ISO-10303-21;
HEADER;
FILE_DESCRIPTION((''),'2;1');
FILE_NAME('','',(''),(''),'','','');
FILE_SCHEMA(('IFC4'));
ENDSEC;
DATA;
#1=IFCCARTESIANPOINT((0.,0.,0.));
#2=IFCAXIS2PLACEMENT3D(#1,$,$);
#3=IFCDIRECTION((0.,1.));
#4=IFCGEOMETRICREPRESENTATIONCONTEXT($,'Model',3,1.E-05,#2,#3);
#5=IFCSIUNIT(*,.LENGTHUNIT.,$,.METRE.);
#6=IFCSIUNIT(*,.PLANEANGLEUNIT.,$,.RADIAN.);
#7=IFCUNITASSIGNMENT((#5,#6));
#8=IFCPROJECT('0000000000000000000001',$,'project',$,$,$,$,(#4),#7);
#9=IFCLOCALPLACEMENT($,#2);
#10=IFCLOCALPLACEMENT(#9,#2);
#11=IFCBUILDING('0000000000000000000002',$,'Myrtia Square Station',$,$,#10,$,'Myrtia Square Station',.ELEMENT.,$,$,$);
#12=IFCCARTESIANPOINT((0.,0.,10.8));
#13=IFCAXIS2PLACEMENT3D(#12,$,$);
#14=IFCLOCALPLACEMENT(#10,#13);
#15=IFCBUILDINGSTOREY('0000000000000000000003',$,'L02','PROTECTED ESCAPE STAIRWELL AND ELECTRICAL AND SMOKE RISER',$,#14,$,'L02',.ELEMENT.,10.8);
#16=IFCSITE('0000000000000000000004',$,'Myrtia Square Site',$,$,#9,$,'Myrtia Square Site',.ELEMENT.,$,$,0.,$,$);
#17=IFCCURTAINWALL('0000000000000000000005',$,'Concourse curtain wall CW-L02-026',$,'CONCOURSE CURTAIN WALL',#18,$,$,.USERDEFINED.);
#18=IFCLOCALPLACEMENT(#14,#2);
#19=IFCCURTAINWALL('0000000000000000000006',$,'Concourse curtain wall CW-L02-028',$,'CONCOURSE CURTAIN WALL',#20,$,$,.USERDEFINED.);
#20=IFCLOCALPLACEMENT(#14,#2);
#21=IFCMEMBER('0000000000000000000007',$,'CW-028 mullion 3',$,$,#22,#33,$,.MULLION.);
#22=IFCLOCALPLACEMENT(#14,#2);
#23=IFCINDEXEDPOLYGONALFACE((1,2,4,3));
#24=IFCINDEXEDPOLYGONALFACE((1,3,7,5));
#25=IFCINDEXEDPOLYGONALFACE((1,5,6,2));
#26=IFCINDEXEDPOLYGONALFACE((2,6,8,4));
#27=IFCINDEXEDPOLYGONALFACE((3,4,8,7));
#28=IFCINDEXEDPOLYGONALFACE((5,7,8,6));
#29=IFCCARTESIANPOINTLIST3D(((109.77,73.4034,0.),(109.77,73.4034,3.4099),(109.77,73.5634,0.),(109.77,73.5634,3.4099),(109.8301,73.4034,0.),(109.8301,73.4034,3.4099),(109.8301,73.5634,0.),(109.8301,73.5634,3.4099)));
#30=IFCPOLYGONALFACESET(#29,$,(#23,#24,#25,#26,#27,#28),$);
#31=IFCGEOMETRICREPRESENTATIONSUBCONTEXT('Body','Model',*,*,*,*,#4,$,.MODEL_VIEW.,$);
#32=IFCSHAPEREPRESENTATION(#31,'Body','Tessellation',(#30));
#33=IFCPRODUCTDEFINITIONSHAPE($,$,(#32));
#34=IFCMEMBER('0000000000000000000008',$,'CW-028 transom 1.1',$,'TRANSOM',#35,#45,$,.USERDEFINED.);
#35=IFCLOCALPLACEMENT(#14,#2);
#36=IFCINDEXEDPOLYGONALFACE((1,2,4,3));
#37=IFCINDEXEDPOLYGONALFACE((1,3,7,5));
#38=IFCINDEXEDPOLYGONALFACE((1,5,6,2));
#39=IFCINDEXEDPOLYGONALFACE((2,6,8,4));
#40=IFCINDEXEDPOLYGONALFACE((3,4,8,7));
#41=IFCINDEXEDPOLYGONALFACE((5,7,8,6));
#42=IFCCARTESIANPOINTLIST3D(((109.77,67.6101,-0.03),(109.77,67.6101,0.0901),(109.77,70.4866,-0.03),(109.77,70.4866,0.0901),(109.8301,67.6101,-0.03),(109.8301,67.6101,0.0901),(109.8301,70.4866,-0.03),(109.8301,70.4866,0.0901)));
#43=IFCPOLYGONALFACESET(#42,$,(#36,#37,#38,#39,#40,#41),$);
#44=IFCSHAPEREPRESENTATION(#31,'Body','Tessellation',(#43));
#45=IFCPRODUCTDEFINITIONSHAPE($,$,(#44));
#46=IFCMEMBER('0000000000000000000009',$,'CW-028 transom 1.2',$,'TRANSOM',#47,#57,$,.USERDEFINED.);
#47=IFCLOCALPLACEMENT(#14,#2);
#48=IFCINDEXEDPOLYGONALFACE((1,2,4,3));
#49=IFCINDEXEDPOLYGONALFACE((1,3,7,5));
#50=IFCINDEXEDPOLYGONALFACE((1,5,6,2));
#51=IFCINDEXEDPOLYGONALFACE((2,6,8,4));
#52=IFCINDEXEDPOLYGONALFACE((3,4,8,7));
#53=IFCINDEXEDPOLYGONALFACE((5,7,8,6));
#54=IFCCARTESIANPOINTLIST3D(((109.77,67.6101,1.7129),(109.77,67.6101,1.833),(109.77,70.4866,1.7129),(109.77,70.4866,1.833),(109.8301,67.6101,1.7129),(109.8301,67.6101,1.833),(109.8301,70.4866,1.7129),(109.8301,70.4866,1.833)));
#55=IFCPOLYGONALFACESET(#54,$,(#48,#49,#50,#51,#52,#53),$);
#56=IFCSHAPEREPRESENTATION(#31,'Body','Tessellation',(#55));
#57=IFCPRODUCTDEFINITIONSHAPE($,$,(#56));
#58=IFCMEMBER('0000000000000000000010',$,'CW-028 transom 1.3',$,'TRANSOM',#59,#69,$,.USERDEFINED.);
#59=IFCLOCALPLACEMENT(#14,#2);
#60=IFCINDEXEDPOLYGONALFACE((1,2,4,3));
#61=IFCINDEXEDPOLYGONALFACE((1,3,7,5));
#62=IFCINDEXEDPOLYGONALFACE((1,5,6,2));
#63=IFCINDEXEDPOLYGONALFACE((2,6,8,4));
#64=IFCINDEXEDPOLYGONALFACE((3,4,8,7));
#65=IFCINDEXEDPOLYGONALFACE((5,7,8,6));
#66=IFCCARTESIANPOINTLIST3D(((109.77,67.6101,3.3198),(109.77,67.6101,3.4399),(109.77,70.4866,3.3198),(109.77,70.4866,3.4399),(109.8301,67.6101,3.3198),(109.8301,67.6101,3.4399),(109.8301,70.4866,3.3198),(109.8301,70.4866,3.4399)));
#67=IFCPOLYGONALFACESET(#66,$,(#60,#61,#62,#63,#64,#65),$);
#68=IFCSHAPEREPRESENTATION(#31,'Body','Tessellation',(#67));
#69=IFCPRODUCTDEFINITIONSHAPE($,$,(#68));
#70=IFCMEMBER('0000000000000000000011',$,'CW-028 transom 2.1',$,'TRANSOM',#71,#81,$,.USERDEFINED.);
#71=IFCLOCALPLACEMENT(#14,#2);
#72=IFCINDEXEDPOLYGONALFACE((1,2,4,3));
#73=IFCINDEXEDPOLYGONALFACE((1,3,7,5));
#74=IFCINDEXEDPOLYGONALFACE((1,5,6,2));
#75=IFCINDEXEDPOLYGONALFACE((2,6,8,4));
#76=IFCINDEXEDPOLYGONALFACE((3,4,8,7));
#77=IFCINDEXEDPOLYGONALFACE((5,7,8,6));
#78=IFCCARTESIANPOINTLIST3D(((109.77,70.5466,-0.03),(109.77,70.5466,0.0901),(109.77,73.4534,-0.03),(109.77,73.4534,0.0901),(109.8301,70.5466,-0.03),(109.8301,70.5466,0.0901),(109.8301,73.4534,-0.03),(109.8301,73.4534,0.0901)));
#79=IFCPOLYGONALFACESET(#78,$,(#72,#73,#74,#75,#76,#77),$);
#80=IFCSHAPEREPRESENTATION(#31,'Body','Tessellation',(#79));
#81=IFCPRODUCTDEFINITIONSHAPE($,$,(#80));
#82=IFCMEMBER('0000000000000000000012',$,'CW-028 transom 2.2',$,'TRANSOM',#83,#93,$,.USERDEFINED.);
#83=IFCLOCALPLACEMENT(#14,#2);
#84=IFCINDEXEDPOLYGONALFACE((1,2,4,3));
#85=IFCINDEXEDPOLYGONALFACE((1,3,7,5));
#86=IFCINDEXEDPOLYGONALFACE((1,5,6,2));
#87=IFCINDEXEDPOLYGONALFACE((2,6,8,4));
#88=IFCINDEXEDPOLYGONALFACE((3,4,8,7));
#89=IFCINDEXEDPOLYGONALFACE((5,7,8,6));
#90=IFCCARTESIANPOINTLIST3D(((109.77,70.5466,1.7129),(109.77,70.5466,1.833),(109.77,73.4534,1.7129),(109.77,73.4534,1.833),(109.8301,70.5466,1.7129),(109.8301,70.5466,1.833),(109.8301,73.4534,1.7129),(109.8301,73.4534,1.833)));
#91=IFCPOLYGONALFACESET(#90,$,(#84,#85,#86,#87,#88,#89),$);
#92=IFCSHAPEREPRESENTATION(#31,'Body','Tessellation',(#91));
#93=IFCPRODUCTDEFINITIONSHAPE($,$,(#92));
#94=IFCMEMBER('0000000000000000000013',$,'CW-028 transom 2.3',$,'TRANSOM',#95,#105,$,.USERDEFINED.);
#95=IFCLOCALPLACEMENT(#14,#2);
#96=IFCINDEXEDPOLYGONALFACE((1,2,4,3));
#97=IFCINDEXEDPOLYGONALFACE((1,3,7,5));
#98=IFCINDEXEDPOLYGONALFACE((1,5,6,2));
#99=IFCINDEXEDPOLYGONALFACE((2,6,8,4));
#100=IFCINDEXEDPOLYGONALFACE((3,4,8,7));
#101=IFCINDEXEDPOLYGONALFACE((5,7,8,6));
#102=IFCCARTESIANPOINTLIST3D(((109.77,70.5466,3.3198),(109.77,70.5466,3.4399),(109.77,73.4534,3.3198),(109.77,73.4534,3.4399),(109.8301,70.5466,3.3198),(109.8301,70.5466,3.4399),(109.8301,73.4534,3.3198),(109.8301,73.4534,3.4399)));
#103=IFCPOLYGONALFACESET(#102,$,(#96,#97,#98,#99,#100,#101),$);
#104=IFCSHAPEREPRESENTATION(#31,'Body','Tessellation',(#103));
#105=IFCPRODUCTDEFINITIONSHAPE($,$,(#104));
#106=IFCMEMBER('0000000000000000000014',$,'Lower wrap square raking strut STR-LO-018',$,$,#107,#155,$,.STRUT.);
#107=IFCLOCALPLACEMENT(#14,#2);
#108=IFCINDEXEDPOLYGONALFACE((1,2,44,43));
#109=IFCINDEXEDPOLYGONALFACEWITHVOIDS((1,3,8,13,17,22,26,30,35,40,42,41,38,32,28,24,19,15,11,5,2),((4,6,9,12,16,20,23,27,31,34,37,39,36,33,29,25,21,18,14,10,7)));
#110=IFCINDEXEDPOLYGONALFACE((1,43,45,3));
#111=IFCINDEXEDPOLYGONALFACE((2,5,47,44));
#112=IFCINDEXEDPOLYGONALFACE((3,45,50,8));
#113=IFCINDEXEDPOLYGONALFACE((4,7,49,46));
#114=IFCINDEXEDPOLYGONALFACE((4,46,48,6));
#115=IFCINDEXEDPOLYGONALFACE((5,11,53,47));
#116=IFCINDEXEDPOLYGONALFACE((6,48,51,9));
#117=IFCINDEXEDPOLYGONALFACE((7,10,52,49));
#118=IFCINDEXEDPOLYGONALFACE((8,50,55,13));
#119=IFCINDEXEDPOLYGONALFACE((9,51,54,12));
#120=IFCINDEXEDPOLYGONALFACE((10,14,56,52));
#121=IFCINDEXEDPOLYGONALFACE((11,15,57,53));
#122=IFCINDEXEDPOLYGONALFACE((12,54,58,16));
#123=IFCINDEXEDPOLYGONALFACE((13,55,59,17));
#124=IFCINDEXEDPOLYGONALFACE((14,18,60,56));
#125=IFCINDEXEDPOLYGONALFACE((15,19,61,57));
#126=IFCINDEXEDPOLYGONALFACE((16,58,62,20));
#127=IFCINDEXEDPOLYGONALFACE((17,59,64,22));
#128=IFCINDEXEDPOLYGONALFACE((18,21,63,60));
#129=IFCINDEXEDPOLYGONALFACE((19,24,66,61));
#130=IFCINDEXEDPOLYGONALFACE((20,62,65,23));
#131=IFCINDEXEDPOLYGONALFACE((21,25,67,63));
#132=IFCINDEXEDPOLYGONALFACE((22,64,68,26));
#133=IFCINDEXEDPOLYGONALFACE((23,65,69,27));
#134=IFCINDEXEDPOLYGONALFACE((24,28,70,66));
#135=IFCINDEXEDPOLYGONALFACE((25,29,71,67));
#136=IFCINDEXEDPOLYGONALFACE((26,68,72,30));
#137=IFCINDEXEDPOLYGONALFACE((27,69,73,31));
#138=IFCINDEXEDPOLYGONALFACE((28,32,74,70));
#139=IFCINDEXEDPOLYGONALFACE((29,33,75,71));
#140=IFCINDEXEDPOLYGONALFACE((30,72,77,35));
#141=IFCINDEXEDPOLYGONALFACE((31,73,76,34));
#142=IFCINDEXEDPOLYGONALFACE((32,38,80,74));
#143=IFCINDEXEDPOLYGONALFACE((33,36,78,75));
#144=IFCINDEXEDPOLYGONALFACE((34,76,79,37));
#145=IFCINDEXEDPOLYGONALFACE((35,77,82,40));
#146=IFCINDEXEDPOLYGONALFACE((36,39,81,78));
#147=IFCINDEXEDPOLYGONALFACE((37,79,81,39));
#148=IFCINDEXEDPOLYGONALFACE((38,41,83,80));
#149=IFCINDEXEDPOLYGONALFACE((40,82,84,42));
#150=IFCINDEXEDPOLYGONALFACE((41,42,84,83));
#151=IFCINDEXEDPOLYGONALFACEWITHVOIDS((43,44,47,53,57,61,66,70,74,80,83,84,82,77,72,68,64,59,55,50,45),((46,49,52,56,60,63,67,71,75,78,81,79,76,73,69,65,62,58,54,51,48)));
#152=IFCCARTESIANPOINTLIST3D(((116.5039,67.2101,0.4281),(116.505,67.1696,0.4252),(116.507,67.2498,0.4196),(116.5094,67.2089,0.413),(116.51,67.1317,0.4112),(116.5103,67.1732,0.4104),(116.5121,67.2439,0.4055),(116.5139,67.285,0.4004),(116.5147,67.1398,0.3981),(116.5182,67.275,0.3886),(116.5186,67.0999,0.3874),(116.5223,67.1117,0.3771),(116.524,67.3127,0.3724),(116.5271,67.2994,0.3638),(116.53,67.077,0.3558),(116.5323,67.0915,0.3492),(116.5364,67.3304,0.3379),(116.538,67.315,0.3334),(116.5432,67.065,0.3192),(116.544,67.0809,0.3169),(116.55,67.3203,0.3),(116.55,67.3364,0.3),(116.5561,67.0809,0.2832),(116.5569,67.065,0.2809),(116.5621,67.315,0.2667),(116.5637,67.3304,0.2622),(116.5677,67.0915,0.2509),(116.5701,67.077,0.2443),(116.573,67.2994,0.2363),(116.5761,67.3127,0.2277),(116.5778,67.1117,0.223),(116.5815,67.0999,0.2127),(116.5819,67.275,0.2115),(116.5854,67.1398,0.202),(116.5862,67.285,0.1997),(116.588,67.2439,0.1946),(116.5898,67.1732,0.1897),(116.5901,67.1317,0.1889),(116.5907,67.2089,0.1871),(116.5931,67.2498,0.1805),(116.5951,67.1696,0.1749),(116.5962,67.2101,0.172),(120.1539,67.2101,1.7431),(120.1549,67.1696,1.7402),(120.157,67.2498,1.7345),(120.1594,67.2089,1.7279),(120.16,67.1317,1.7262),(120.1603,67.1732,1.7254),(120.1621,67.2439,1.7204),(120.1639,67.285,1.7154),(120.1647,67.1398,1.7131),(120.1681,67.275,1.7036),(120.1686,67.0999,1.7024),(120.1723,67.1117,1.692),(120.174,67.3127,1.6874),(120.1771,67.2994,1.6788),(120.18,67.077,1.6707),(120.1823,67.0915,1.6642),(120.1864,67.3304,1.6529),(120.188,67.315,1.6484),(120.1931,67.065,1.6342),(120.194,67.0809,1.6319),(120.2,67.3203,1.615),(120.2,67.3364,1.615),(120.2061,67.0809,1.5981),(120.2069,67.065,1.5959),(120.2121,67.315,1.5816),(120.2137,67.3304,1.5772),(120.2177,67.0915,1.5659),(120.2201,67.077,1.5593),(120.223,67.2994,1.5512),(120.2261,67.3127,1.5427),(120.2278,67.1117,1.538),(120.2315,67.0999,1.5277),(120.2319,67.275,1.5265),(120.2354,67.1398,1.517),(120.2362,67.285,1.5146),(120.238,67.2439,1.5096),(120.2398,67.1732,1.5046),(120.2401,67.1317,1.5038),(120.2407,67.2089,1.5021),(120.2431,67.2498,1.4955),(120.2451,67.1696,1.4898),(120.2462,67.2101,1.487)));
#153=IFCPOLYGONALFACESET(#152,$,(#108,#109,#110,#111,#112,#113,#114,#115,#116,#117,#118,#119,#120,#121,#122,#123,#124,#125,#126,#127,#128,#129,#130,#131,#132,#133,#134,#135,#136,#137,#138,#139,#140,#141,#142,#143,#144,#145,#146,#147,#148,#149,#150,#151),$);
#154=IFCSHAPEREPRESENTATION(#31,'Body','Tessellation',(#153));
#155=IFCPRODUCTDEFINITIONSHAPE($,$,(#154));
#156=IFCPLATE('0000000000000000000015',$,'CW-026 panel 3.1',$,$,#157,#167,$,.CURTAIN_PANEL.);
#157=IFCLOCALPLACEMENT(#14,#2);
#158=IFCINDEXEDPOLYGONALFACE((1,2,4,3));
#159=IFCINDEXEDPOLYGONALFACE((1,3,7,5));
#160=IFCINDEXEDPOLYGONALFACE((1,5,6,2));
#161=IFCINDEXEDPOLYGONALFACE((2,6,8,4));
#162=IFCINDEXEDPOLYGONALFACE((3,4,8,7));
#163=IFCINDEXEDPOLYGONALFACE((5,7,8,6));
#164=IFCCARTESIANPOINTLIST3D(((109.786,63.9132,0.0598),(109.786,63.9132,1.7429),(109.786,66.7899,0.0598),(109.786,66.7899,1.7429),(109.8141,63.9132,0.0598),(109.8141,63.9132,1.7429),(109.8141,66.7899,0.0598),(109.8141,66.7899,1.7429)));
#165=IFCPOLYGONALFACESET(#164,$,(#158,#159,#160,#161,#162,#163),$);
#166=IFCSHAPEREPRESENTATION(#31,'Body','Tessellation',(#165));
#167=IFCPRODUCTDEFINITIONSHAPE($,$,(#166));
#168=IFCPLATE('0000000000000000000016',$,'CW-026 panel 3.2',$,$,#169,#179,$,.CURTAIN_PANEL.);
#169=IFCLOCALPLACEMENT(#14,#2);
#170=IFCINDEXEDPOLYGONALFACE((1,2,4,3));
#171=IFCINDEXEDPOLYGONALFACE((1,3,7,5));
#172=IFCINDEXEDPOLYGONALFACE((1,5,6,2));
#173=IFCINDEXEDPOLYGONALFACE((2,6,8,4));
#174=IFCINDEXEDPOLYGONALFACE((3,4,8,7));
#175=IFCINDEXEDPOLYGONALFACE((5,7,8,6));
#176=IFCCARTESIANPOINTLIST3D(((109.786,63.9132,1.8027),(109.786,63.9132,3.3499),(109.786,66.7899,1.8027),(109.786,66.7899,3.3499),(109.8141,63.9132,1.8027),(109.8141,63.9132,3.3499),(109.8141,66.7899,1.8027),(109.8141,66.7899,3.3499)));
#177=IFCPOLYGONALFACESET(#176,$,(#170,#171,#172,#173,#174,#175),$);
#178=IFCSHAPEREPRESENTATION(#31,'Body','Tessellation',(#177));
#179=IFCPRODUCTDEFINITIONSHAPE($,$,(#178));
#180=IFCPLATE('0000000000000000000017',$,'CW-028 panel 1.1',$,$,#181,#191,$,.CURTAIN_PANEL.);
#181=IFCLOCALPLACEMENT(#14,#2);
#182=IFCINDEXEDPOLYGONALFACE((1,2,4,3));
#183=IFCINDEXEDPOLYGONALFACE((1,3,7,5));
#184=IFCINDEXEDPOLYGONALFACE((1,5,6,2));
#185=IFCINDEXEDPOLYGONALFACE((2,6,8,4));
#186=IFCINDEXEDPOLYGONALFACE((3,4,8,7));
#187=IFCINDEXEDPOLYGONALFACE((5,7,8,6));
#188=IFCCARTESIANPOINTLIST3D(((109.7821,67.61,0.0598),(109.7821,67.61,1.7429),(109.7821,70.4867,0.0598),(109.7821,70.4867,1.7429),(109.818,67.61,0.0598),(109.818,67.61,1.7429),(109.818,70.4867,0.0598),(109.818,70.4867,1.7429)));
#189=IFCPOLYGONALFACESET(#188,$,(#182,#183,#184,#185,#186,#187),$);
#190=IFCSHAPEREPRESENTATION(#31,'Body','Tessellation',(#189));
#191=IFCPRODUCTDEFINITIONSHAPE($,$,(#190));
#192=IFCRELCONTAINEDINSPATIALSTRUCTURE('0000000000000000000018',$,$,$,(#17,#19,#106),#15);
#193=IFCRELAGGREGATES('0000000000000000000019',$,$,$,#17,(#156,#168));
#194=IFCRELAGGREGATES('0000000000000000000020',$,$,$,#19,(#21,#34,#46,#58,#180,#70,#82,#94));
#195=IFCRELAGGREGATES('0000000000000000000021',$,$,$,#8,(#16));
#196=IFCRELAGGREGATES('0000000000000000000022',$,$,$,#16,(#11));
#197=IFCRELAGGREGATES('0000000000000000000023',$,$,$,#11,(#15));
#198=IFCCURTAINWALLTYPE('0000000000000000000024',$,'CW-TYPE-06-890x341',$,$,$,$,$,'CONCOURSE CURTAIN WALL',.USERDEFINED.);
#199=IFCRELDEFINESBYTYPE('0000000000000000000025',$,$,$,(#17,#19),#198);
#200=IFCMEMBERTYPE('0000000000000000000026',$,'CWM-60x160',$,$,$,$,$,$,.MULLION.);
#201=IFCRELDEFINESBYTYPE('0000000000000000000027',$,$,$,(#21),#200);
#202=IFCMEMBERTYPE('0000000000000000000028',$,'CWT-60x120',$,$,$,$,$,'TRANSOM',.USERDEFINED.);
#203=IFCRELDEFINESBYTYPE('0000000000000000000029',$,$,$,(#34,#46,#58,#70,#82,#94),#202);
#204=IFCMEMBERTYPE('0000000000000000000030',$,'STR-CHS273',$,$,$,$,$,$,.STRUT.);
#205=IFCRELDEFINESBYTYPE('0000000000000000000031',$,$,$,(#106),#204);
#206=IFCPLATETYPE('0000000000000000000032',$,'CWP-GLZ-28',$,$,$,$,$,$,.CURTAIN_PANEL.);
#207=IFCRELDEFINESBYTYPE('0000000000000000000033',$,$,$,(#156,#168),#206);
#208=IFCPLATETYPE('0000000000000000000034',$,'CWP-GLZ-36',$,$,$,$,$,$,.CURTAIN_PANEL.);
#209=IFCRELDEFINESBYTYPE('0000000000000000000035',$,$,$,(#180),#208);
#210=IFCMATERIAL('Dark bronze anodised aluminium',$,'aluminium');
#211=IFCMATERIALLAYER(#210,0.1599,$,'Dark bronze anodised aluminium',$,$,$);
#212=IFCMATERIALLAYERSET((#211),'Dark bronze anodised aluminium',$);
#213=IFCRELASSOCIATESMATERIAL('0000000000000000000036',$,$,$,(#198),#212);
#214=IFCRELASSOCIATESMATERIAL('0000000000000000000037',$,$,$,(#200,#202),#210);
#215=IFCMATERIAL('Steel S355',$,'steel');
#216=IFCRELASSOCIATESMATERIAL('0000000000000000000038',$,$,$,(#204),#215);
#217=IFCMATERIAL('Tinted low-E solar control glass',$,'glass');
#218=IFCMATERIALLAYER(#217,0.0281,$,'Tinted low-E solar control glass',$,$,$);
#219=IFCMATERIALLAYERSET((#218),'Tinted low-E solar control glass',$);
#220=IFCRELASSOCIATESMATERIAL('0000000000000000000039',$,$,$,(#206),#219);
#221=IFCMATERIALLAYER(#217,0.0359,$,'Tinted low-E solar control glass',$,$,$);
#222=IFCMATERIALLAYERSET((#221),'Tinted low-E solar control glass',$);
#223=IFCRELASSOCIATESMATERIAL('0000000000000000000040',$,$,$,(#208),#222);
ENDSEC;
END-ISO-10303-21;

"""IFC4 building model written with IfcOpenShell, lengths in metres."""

from ifc_helpers import new_model, si_unit, direction, frame, origin, origin_2d, place, context, subcontext, project, spatial, rectangle, hollow_circle, extrude, material, layer, layer_set, material_profile, profile_set, type_object, element, aggregate, save


model = new_model("IFC4")

# Units and contexts
model_context = context("Model", 3, precision=1e-05, world=origin(), true_north=direction((0.0, 1.0)))
body_context = subcontext(model_context, "Body", "Model", "MODEL_VIEW")
ifc_project = project(units=[si_unit("LENGTHUNIT", "METRE"), si_unit("PLANEANGLEUNIT", "RADIAN")], contexts=[model_context])

# Site, building, storey
site_placement = place(None, origin())
site = spatial("IfcSite", under=ifc_project, at=site_placement, Name="Myrtia Square Site", LongName="Myrtia Square Site", CompositionType="ELEMENT", RefElevation=0.0)
building_placement = place(site_placement, origin())
building = spatial("IfcBuilding", under=site, at=building_placement, Name="Myrtia Square Station", LongName="Myrtia Square Station", CompositionType="ELEMENT")
storey_placement = place(building_placement, frame((0.0, 0.0, 10.8)))
storey = spatial("IfcBuildingStorey", under=building, at=storey_placement, Name="L02", Description="PROTECTED ESCAPE STAIRWELL AND ELECTRICAL AND SMOKE RISER", LongName="L02", CompositionType="ELEMENT", Elevation=10.8)

# Shared definitions
ifc_material_1 = material(Name="Steel S355", Category="steel")

# Curtain wall
ifc_material_2 = material(Name="Dark bronze anodised aluminium", Category="aluminium")
ifc_layer_1 = layer(ifc_material_2, 0.1599, Name="Dark bronze anodised aluminium")
ifc_layer_set_1 = layer_set([ifc_layer_1], Name="Dark bronze anodised aluminium")
curtain_wall_type = type_object("IfcCurtainWallType", Name="CW-TYPE-06-890x341", ElementType="CONCOURSE CURTAIN WALL", PredefinedType="USERDEFINED", material=ifc_layer_set_1)
curtain_wall_1_placement = place(storey_placement, origin())
curtain_wall_1 = element("IfcCurtainWall", 1, at=curtain_wall_1_placement, inside=storey, type_object=curtain_wall_type, Name="Concourse curtain wall CW-L02-026", ObjectType="CONCOURSE CURTAIN WALL", PredefinedType="USERDEFINED")
ifc_material_profile_1 = material_profile(ifc_material_2, rectangle(XDim=0.0601, YDim=0.1599, at=origin_2d()), Name="ALU-M 60x160")
ifc_profile_set_1 = profile_set([ifc_material_profile_1], Name="Dark bronze anodised aluminium")
member_type_1 = type_object("IfcMemberType", Name="CWM-60x160", PredefinedType="MULLION", material=ifc_profile_set_1)

# Curtain wall, members
curtain_wall_2_placement = place(storey_placement, origin())
curtain_wall_2 = element("IfcCurtainWall", 2, at=curtain_wall_2_placement, inside=storey, type_object=curtain_wall_type, Name="Concourse curtain wall CW-L02-028", ObjectType="CONCOURSE CURTAIN WALL", PredefinedType="USERDEFINED")
member_1_placement = place(storey_placement, frame((109.8, 73.4834, 0.0), z_axis=(0.0, 0.0, 1.0), x_axis=(-1.0, 0.0, 0.0)))
member_1 = element("IfcMember", 3, at=member_1_placement, type_object=member_type_1, Name="CW-028 mullion 3", PredefinedType="MULLION", context=body_context, shape_type="SweptSolid", body=[
    extrude(rectangle(XDim=0.0601, YDim=0.1599, at=origin_2d()), origin(), (0.0, 0.0, 1.0), 3.4099),
])
ifc_material_profile_2 = material_profile(ifc_material_2, rectangle(XDim=0.0601, YDim=0.1201, at=origin_2d()), Name="ALU-T 60x120")
ifc_profile_set_2 = profile_set([ifc_material_profile_2], Name="Dark bronze anodised aluminium")
member_type_2 = type_object("IfcMemberType", Name="CWT-60x120", ElementType="TRANSOM", PredefinedType="USERDEFINED", material=ifc_profile_set_2)
member_2_placement = place(storey_placement, frame((109.8, 67.6101, 0.03), z_axis=(0.0, 1.0, 0.0), x_axis=(-1.0, 0.0, 0.0)))
member_2 = element("IfcMember", 4, at=member_2_placement, type_object=member_type_2, Name="CW-028 transom 1.1", ObjectType="TRANSOM", PredefinedType="USERDEFINED", context=body_context, shape_type="SweptSolid", body=[
    extrude(rectangle(XDim=0.0601, YDim=0.1201, at=origin_2d()), origin(), (0.0, 0.0, 1.0), 2.8765),
])
member_3_placement = place(storey_placement, frame((109.8, 67.6101, 1.7729), z_axis=(0.0, 1.0, 0.0), x_axis=(-1.0, 0.0, 0.0)))
member_3 = element("IfcMember", 5, at=member_3_placement, type_object=member_type_2, Name="CW-028 transom 1.2", ObjectType="TRANSOM", PredefinedType="USERDEFINED", context=body_context, shape_type="SweptSolid", body=[
    extrude(rectangle(XDim=0.0601, YDim=0.1201, at=origin_2d()), origin(), (0.0, 0.0, 1.0), 2.8765),
])
member_4_placement = place(storey_placement, frame((109.8, 67.6101, 3.3799), z_axis=(0.0, 1.0, 0.0), x_axis=(-1.0, 0.0, 0.0)))
member_4 = element("IfcMember", 6, at=member_4_placement, type_object=member_type_2, Name="CW-028 transom 1.3", ObjectType="TRANSOM", PredefinedType="USERDEFINED", context=body_context, shape_type="SweptSolid", body=[
    extrude(rectangle(XDim=0.0601, YDim=0.1201, at=origin_2d()), origin(), (0.0, 0.0, 1.0), 2.8765),
])
member_5_placement = place(storey_placement, frame((109.8, 70.5466, 0.03), z_axis=(0.0, 1.0, 0.0), x_axis=(-1.0, 0.0, 0.0)))
member_5 = element("IfcMember", 7, at=member_5_placement, type_object=member_type_2, Name="CW-028 transom 2.1", ObjectType="TRANSOM", PredefinedType="USERDEFINED", context=body_context, shape_type="SweptSolid", body=[
    extrude(rectangle(XDim=0.0601, YDim=0.1201, at=origin_2d()), origin(), (0.0, 0.0, 1.0), 2.9067),
])
member_6_placement = place(storey_placement, frame((109.8, 70.5466, 1.7729), z_axis=(0.0, 1.0, 0.0), x_axis=(-1.0, 0.0, 0.0)))
member_6 = element("IfcMember", 8, at=member_6_placement, type_object=member_type_2, Name="CW-028 transom 2.2", ObjectType="TRANSOM", PredefinedType="USERDEFINED", context=body_context, shape_type="SweptSolid", body=[
    extrude(rectangle(XDim=0.0601, YDim=0.1201, at=origin_2d()), origin(), (0.0, 0.0, 1.0), 2.9067),
])
member_7_placement = place(storey_placement, frame((109.8, 70.5466, 3.3799), z_axis=(0.0, 1.0, 0.0), x_axis=(-1.0, 0.0, 0.0)))
member_7 = element("IfcMember", 9, at=member_7_placement, type_object=member_type_2, Name="CW-028 transom 2.3", ObjectType="TRANSOM", PredefinedType="USERDEFINED", context=body_context, shape_type="SweptSolid", body=[
    extrude(rectangle(XDim=0.0601, YDim=0.1201, at=origin_2d()), origin(), (0.0, 0.0, 1.0), 2.9067),
])

# Member
ifc_material_profile_3 = material_profile(ifc_material_1, hollow_circle(Radius=0.1365, WallThickness=0.0161, at=origin_2d()), Name="CHS 273x16")
ifc_profile_set_3 = profile_set([ifc_material_profile_3], Name="Steel S355")
member_type_3 = type_object("IfcMemberType", Name="STR-CHS273", PredefinedType="STRUT", material=ifc_profile_set_3)
member_8_placement = place(storey_placement, frame((116.55, 67.2, 0.3), z_axis=(0.940807, 0.0, 0.338942), x_axis=(0.0, 1.0, 0.0)))
element("IfcMember", 10, at=member_8_placement, inside=storey, type_object=member_type_3, Name="Lower wrap square raking strut STR-LO-018", PredefinedType="STRUT", context=body_context, shape_type="SweptSolid", body=[
    extrude(hollow_circle(Radius=0.1365, WallThickness=0.0161, at=origin_2d()), origin(), (0.0, 0.0, 1.0), 3.8796),
])

# Plates
ifc_material_3 = material(Name="Tinted low-E solar control glass", Category="glass")
ifc_layer_2 = layer(ifc_material_3, 0.0281, Name="Tinted low-E solar control glass")
ifc_layer_set_2 = layer_set([ifc_layer_2], Name="Tinted low-E solar control glass")
plate_type_1 = type_object("IfcPlateType", Name="CWP-GLZ-28", PredefinedType="CURTAIN_PANEL", material=ifc_layer_set_2)
plate_1_placement = place(storey_placement, frame((109.8, 65.3516, 0.0598), z_axis=(0.0, 0.0, 1.0), x_axis=(0.0, 1.0, 0.0)))
plate_1 = element("IfcPlate", 11, at=plate_1_placement, type_object=plate_type_1, Name="CW-026 panel 3.1", PredefinedType="CURTAIN_PANEL", context=body_context, shape_type="SweptSolid", body=[
    extrude(rectangle(XDim=2.8767, YDim=0.0281, at=origin_2d()), origin(), (0.0, 0.0, 1.0), 1.6831),
])
plate_2_placement = place(storey_placement, frame((109.8, 65.3516, 1.8027), z_axis=(0.0, 0.0, 1.0), x_axis=(0.0, 1.0, 0.0)))
plate_2 = element("IfcPlate", 12, at=plate_2_placement, type_object=plate_type_1, Name="CW-026 panel 3.2", PredefinedType="CURTAIN_PANEL", context=body_context, shape_type="SweptSolid", body=[
    extrude(rectangle(XDim=2.8767, YDim=0.0281, at=origin_2d()), origin(), (0.0, 0.0, 1.0), 1.5471),
])
aggregate(curtain_wall_1, [plate_1, plate_2])
ifc_layer_3 = layer(ifc_material_3, 0.0359, Name="Tinted low-E solar control glass")
ifc_layer_set_3 = layer_set([ifc_layer_3], Name="Tinted low-E solar control glass")
plate_type_2 = type_object("IfcPlateType", Name="CWP-GLZ-36", PredefinedType="CURTAIN_PANEL", material=ifc_layer_set_3)
plate_3_placement = place(storey_placement, frame((109.8, 69.0483, 0.0598), z_axis=(0.0, 0.0, 1.0), x_axis=(0.0, 1.0, 0.0)))
plate_3 = element("IfcPlate", 13, at=plate_3_placement, type_object=plate_type_2, Name="CW-028 panel 1.1", PredefinedType="CURTAIN_PANEL", context=body_context, shape_type="SweptSolid", body=[
    extrude(rectangle(XDim=2.8767, YDim=0.0359, at=origin_2d()), origin(), (0.0, 0.0, 1.0), 1.6831),
])
aggregate(curtain_wall_2, [member_1, member_2, member_3, member_4, plate_3, member_5, member_6, member_7])

save(model, "model.ifc")
